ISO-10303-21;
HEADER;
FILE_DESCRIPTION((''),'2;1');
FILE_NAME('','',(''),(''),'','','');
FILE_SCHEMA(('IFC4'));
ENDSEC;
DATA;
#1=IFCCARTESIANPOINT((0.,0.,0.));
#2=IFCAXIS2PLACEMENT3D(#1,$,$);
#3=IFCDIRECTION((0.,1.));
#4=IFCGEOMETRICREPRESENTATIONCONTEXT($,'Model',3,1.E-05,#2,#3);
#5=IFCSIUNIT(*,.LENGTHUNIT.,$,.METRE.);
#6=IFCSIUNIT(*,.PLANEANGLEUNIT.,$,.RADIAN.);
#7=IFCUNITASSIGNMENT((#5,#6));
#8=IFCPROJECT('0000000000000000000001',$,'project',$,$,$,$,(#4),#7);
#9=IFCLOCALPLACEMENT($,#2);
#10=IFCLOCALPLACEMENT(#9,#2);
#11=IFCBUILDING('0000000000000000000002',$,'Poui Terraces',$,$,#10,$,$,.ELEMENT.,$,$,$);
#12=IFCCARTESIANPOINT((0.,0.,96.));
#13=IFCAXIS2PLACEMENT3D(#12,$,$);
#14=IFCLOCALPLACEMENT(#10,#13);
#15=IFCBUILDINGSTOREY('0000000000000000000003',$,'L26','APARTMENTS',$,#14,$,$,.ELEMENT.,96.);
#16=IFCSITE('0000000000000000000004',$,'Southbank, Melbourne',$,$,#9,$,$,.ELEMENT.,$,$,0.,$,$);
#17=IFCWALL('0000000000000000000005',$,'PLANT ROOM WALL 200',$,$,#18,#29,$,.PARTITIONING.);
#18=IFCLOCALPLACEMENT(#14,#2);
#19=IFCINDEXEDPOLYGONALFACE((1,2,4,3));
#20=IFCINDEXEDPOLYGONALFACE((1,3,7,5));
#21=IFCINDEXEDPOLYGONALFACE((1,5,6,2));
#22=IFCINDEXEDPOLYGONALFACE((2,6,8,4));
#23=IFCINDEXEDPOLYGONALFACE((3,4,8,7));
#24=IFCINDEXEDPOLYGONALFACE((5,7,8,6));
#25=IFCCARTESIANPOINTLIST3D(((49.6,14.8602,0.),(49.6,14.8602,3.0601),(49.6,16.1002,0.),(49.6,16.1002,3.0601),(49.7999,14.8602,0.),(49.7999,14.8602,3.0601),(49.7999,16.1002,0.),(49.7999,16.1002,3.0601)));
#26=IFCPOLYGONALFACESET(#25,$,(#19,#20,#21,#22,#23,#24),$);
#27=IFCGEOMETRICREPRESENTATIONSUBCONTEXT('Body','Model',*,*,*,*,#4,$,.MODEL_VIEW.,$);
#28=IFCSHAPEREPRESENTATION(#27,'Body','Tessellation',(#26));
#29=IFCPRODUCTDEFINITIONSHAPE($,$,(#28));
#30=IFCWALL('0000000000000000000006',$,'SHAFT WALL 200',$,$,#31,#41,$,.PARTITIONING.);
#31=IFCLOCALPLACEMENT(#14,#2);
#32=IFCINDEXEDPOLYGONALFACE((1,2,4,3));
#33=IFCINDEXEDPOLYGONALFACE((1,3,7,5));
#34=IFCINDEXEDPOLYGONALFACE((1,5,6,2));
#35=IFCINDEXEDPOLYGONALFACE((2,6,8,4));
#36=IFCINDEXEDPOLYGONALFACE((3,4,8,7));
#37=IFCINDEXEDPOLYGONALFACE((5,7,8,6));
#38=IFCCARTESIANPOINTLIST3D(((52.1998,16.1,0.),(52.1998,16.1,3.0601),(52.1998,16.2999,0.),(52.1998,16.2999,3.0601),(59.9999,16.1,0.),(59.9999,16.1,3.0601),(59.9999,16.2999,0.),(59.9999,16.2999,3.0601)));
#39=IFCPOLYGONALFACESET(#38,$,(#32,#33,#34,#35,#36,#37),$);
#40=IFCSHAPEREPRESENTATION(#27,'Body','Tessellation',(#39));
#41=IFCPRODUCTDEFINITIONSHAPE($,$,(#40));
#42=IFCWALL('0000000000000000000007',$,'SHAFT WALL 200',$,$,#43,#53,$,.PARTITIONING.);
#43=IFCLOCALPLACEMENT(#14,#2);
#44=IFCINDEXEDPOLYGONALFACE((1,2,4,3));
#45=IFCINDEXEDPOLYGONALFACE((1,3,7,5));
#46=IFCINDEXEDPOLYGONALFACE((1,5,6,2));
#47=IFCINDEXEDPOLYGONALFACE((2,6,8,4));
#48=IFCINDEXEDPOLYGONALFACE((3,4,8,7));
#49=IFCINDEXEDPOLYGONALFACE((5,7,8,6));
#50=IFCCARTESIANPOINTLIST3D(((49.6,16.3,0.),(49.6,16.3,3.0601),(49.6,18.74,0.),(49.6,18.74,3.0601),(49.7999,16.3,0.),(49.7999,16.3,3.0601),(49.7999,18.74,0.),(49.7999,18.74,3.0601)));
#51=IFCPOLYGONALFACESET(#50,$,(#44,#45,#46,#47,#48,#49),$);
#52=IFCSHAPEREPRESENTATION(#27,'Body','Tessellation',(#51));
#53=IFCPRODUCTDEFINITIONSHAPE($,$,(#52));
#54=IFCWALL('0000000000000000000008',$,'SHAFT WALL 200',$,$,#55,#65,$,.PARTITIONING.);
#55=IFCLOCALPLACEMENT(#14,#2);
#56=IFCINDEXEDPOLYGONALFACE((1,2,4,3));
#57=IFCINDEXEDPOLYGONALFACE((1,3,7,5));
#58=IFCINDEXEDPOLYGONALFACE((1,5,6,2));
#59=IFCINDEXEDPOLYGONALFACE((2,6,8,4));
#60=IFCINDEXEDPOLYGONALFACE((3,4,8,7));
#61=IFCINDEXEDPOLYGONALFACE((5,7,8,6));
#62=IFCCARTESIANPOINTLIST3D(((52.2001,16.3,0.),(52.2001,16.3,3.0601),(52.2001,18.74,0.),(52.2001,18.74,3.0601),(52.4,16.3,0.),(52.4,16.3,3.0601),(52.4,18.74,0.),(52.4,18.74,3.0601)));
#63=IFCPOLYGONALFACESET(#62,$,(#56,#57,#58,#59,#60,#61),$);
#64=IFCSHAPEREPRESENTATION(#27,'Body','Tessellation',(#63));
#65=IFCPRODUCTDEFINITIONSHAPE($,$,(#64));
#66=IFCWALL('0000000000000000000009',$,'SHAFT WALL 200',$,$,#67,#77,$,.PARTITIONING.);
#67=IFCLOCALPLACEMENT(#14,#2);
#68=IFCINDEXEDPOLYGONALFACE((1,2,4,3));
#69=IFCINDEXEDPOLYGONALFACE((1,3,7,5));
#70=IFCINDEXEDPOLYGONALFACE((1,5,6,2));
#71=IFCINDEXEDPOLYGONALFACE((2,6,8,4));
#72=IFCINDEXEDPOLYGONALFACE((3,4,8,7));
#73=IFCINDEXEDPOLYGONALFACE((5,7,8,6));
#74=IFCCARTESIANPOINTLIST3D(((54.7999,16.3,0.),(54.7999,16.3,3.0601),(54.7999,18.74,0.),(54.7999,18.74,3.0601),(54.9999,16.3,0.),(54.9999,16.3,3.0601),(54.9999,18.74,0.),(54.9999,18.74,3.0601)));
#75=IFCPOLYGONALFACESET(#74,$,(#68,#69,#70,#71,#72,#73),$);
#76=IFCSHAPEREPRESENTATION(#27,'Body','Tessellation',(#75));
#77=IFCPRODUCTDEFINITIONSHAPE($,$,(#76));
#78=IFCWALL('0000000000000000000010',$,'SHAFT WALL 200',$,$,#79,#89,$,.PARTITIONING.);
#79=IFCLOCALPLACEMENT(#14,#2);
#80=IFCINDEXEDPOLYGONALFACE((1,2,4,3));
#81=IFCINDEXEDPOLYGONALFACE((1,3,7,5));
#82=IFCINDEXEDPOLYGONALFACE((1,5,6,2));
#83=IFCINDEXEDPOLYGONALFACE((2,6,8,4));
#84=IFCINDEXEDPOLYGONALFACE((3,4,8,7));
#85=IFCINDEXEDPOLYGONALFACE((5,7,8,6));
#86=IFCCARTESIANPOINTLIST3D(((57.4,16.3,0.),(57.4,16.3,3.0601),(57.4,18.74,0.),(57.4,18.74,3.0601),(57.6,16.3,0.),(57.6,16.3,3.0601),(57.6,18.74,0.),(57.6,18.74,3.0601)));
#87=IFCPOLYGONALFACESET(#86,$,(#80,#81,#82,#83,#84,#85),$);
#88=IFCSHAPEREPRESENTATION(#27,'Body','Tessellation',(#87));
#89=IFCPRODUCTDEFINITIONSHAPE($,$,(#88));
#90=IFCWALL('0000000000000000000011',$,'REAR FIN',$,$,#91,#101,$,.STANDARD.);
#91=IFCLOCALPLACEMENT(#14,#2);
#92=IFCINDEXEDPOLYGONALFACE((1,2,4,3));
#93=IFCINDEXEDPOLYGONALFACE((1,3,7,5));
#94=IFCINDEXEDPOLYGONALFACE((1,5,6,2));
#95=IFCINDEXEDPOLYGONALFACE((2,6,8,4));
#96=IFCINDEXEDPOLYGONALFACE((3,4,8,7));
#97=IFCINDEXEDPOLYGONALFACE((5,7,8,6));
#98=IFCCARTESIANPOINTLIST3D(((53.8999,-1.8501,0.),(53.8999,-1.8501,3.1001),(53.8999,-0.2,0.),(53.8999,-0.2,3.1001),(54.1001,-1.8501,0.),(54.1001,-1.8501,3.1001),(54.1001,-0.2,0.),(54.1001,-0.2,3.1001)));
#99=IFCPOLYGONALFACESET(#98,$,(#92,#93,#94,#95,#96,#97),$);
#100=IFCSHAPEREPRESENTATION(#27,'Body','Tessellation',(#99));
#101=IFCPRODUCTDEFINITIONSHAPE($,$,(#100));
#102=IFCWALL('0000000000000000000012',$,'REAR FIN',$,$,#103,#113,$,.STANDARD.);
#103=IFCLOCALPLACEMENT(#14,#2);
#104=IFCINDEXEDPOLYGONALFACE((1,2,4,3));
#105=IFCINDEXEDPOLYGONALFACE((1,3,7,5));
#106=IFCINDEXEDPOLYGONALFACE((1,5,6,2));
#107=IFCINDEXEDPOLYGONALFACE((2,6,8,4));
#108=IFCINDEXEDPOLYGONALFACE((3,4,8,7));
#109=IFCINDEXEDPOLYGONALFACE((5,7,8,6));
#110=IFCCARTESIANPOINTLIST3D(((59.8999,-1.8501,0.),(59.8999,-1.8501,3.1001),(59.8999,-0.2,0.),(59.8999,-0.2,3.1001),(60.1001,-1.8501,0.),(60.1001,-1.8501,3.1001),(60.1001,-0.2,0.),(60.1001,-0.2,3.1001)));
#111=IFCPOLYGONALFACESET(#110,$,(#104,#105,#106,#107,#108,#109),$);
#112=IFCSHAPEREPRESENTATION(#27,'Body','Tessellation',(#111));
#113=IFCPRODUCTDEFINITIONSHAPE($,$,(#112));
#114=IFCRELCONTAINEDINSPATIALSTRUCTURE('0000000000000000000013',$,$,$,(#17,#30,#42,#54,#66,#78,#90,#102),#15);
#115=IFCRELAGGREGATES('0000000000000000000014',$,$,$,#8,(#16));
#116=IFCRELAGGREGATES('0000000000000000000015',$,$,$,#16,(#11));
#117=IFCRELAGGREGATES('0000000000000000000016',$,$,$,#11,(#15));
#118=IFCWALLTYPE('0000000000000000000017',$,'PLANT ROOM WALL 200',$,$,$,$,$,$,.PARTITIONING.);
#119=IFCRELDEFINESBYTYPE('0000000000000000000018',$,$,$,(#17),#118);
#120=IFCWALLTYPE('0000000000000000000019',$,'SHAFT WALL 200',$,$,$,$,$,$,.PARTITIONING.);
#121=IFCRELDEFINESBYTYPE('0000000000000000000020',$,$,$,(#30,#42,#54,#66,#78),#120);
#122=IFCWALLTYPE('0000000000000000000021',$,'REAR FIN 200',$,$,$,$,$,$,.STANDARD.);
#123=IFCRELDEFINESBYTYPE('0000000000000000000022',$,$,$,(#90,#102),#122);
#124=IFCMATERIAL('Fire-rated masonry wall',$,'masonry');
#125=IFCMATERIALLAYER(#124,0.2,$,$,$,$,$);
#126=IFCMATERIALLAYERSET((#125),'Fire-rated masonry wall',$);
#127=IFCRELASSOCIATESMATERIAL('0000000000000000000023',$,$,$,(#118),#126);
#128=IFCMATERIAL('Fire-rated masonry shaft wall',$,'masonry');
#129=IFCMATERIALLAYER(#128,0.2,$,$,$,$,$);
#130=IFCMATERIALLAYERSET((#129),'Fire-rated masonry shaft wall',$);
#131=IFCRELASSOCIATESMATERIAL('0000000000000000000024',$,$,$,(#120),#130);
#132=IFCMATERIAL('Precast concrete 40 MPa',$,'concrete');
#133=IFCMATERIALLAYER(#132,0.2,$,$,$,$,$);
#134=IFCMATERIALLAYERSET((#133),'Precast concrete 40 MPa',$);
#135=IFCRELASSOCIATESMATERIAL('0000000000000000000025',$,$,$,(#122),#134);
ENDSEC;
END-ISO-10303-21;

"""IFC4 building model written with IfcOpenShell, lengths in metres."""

from ifc_helpers import new_model, si_unit, direction, frame, frame_2d, origin, place, context, subcontext, project, spatial, polyline, rectangle, outline, extrude, source, transform, mapped, material, layer, layer_set, type_object, element, save


model = new_model("IFC4")

# Units and contexts
model_context = context("Model", 3, precision=1e-05, world=origin(), true_north=direction((0.0, 1.0)))
body_context = subcontext(model_context, "Body", "Model", "MODEL_VIEW")
ifc_project = project(units=[si_unit("LENGTHUNIT", "METRE"), si_unit("PLANEANGLEUNIT", "RADIAN")], contexts=[model_context])

# Site, building, storey
site_placement = place(None, origin())
site = spatial("IfcSite", under=ifc_project, at=site_placement, Name="Southbank, Melbourne", CompositionType="ELEMENT", RefElevation=0.0)
building_placement = place(site_placement, origin())
building = spatial("IfcBuilding", under=site, at=building_placement, Name="Poui Terraces", CompositionType="ELEMENT")
storey_placement = place(building_placement, frame((0.0, 0.0, 96.0)))
storey = spatial("IfcBuildingStorey", under=building, at=storey_placement, Name="L26", Description="APARTMENTS", CompositionType="ELEMENT", Elevation=96.0)

# Shared definitions
ifc_material_1 = material(Name="Precast concrete 40 MPa", Category="concrete")

# Walls
ifc_material_2 = material(Name="Fire-rated masonry wall", Category="masonry")
ifc_layer_1 = layer(ifc_material_2, 0.2)
ifc_layer_set_1 = layer_set([ifc_layer_1], Name="Fire-rated masonry wall")
wall_type_1 = type_object("IfcWallType", Name="PLANT ROOM WALL 200", PredefinedType="PARTITIONING", material=ifc_layer_set_1)
wall_1_placement = place(storey_placement, frame((49.7, 14.8601, 0.0), z_axis=(0.0, 0.0, 1.0), x_axis=(0.0, 1.0, 0.0)))
element("IfcWall", 1, at=wall_1_placement, inside=storey, type_object=wall_type_1, Name="PLANT ROOM WALL 200", PredefinedType="PARTITIONING", context=body_context, shape_type="SweptSolid", body=[
    extrude(rectangle(XDim=1.24, YDim=0.2, at=frame_2d((0.6201, 0.0))), origin(), (0.0, 0.0, 1.0), 3.0601),
])
ifc_material_3 = material(Name="Fire-rated masonry shaft wall", Category="masonry")
ifc_layer_2 = layer(ifc_material_3, 0.2)
ifc_layer_set_2 = layer_set([ifc_layer_2], Name="Fire-rated masonry shaft wall")
wall_type_2 = type_object("IfcWallType", Name="SHAFT WALL 200", PredefinedType="PARTITIONING", material=ifc_layer_set_2)
wall_2_placement = place(storey_placement, frame((52.2, 16.2, 0.0), z_axis=(0.0, 0.0, 1.0), x_axis=(1.0, 0.0, 0.0)))
element("IfcWall", 2, at=wall_2_placement, inside=storey, type_object=wall_type_2, Name="SHAFT WALL 200", PredefinedType="PARTITIONING", context=body_context, shape_type="SweptSolid", body=[
    extrude(rectangle(XDim=7.8, YDim=0.2, at=frame_2d((3.8999, 0.0))), origin(), (0.0, 0.0, 1.0), 3.0601),
])
for number, where, z_axis, x_axis, name in (
    (3, (49.7, 16.3, 0.0), (0.0, 0.0, 1.0), (0.0, 1.0, 0.0), "SHAFT WALL 200"),
    (4, (52.3, 16.3, 0.0), (0.0, 0.0, 1.0), (0.0, 1.0, 0.0), "SHAFT WALL 200"),
    (5, (54.8999, 16.3, 0.0), (0.0, 0.0, 1.0), (0.0, 1.0, 0.0), "SHAFT WALL 200"),
    (6, (57.5, 16.3, 0.0), (0.0, 0.0, 1.0), (0.0, 1.0, 0.0), "SHAFT WALL 200"),
):
    element("IfcWall", number, at=place(storey_placement, frame(where, z_axis=z_axis, x_axis=x_axis)), inside=storey, type_object=wall_type_2, Name=name, PredefinedType="PARTITIONING", context=body_context, shape_type="SweptSolid", body=[
        extrude(rectangle(XDim=2.4399, YDim=0.2, at=frame_2d((1.22, 0.0))), origin(), (0.0, 0.0, 1.0), 3.0601),
    ])
ifc_layer_3 = layer(ifc_material_1, 0.2)
ifc_layer_set_3 = layer_set([ifc_layer_3], Name="Precast concrete 40 MPa")
wall_type_3 = type_object("IfcWallType", Name="REAR FIN 200", PredefinedType="STANDARD", material=ifc_layer_set_3)
shared_shape_1 = source(origin(), body_context, "Body", "SweptSolid", [
    extrude(outline(polyline([(0.0, 0.0), (0.2002, 0.0), (0.2002, 1.6501), (0.0, 1.6501), (0.0, 0.0)])), origin(), (0.0, 0.0, 1.0), 3.1001),
])
for number, where, name in (
    (7, (53.8999, -1.8501, 0.0), "REAR FIN"),
    (8, (59.8999, -1.8501, 0.0), "REAR FIN"),
):
    element("IfcWall", number, at=place(storey_placement, frame(where)), inside=storey, type_object=wall_type_3, Name=name, PredefinedType="STANDARD", context=body_context, shape_type="MappedRepresentation", body=[
        mapped(shared_shape_1, transform((0.0, 0.0, 0.0))),
    ])

save(model, "model.ifc")
